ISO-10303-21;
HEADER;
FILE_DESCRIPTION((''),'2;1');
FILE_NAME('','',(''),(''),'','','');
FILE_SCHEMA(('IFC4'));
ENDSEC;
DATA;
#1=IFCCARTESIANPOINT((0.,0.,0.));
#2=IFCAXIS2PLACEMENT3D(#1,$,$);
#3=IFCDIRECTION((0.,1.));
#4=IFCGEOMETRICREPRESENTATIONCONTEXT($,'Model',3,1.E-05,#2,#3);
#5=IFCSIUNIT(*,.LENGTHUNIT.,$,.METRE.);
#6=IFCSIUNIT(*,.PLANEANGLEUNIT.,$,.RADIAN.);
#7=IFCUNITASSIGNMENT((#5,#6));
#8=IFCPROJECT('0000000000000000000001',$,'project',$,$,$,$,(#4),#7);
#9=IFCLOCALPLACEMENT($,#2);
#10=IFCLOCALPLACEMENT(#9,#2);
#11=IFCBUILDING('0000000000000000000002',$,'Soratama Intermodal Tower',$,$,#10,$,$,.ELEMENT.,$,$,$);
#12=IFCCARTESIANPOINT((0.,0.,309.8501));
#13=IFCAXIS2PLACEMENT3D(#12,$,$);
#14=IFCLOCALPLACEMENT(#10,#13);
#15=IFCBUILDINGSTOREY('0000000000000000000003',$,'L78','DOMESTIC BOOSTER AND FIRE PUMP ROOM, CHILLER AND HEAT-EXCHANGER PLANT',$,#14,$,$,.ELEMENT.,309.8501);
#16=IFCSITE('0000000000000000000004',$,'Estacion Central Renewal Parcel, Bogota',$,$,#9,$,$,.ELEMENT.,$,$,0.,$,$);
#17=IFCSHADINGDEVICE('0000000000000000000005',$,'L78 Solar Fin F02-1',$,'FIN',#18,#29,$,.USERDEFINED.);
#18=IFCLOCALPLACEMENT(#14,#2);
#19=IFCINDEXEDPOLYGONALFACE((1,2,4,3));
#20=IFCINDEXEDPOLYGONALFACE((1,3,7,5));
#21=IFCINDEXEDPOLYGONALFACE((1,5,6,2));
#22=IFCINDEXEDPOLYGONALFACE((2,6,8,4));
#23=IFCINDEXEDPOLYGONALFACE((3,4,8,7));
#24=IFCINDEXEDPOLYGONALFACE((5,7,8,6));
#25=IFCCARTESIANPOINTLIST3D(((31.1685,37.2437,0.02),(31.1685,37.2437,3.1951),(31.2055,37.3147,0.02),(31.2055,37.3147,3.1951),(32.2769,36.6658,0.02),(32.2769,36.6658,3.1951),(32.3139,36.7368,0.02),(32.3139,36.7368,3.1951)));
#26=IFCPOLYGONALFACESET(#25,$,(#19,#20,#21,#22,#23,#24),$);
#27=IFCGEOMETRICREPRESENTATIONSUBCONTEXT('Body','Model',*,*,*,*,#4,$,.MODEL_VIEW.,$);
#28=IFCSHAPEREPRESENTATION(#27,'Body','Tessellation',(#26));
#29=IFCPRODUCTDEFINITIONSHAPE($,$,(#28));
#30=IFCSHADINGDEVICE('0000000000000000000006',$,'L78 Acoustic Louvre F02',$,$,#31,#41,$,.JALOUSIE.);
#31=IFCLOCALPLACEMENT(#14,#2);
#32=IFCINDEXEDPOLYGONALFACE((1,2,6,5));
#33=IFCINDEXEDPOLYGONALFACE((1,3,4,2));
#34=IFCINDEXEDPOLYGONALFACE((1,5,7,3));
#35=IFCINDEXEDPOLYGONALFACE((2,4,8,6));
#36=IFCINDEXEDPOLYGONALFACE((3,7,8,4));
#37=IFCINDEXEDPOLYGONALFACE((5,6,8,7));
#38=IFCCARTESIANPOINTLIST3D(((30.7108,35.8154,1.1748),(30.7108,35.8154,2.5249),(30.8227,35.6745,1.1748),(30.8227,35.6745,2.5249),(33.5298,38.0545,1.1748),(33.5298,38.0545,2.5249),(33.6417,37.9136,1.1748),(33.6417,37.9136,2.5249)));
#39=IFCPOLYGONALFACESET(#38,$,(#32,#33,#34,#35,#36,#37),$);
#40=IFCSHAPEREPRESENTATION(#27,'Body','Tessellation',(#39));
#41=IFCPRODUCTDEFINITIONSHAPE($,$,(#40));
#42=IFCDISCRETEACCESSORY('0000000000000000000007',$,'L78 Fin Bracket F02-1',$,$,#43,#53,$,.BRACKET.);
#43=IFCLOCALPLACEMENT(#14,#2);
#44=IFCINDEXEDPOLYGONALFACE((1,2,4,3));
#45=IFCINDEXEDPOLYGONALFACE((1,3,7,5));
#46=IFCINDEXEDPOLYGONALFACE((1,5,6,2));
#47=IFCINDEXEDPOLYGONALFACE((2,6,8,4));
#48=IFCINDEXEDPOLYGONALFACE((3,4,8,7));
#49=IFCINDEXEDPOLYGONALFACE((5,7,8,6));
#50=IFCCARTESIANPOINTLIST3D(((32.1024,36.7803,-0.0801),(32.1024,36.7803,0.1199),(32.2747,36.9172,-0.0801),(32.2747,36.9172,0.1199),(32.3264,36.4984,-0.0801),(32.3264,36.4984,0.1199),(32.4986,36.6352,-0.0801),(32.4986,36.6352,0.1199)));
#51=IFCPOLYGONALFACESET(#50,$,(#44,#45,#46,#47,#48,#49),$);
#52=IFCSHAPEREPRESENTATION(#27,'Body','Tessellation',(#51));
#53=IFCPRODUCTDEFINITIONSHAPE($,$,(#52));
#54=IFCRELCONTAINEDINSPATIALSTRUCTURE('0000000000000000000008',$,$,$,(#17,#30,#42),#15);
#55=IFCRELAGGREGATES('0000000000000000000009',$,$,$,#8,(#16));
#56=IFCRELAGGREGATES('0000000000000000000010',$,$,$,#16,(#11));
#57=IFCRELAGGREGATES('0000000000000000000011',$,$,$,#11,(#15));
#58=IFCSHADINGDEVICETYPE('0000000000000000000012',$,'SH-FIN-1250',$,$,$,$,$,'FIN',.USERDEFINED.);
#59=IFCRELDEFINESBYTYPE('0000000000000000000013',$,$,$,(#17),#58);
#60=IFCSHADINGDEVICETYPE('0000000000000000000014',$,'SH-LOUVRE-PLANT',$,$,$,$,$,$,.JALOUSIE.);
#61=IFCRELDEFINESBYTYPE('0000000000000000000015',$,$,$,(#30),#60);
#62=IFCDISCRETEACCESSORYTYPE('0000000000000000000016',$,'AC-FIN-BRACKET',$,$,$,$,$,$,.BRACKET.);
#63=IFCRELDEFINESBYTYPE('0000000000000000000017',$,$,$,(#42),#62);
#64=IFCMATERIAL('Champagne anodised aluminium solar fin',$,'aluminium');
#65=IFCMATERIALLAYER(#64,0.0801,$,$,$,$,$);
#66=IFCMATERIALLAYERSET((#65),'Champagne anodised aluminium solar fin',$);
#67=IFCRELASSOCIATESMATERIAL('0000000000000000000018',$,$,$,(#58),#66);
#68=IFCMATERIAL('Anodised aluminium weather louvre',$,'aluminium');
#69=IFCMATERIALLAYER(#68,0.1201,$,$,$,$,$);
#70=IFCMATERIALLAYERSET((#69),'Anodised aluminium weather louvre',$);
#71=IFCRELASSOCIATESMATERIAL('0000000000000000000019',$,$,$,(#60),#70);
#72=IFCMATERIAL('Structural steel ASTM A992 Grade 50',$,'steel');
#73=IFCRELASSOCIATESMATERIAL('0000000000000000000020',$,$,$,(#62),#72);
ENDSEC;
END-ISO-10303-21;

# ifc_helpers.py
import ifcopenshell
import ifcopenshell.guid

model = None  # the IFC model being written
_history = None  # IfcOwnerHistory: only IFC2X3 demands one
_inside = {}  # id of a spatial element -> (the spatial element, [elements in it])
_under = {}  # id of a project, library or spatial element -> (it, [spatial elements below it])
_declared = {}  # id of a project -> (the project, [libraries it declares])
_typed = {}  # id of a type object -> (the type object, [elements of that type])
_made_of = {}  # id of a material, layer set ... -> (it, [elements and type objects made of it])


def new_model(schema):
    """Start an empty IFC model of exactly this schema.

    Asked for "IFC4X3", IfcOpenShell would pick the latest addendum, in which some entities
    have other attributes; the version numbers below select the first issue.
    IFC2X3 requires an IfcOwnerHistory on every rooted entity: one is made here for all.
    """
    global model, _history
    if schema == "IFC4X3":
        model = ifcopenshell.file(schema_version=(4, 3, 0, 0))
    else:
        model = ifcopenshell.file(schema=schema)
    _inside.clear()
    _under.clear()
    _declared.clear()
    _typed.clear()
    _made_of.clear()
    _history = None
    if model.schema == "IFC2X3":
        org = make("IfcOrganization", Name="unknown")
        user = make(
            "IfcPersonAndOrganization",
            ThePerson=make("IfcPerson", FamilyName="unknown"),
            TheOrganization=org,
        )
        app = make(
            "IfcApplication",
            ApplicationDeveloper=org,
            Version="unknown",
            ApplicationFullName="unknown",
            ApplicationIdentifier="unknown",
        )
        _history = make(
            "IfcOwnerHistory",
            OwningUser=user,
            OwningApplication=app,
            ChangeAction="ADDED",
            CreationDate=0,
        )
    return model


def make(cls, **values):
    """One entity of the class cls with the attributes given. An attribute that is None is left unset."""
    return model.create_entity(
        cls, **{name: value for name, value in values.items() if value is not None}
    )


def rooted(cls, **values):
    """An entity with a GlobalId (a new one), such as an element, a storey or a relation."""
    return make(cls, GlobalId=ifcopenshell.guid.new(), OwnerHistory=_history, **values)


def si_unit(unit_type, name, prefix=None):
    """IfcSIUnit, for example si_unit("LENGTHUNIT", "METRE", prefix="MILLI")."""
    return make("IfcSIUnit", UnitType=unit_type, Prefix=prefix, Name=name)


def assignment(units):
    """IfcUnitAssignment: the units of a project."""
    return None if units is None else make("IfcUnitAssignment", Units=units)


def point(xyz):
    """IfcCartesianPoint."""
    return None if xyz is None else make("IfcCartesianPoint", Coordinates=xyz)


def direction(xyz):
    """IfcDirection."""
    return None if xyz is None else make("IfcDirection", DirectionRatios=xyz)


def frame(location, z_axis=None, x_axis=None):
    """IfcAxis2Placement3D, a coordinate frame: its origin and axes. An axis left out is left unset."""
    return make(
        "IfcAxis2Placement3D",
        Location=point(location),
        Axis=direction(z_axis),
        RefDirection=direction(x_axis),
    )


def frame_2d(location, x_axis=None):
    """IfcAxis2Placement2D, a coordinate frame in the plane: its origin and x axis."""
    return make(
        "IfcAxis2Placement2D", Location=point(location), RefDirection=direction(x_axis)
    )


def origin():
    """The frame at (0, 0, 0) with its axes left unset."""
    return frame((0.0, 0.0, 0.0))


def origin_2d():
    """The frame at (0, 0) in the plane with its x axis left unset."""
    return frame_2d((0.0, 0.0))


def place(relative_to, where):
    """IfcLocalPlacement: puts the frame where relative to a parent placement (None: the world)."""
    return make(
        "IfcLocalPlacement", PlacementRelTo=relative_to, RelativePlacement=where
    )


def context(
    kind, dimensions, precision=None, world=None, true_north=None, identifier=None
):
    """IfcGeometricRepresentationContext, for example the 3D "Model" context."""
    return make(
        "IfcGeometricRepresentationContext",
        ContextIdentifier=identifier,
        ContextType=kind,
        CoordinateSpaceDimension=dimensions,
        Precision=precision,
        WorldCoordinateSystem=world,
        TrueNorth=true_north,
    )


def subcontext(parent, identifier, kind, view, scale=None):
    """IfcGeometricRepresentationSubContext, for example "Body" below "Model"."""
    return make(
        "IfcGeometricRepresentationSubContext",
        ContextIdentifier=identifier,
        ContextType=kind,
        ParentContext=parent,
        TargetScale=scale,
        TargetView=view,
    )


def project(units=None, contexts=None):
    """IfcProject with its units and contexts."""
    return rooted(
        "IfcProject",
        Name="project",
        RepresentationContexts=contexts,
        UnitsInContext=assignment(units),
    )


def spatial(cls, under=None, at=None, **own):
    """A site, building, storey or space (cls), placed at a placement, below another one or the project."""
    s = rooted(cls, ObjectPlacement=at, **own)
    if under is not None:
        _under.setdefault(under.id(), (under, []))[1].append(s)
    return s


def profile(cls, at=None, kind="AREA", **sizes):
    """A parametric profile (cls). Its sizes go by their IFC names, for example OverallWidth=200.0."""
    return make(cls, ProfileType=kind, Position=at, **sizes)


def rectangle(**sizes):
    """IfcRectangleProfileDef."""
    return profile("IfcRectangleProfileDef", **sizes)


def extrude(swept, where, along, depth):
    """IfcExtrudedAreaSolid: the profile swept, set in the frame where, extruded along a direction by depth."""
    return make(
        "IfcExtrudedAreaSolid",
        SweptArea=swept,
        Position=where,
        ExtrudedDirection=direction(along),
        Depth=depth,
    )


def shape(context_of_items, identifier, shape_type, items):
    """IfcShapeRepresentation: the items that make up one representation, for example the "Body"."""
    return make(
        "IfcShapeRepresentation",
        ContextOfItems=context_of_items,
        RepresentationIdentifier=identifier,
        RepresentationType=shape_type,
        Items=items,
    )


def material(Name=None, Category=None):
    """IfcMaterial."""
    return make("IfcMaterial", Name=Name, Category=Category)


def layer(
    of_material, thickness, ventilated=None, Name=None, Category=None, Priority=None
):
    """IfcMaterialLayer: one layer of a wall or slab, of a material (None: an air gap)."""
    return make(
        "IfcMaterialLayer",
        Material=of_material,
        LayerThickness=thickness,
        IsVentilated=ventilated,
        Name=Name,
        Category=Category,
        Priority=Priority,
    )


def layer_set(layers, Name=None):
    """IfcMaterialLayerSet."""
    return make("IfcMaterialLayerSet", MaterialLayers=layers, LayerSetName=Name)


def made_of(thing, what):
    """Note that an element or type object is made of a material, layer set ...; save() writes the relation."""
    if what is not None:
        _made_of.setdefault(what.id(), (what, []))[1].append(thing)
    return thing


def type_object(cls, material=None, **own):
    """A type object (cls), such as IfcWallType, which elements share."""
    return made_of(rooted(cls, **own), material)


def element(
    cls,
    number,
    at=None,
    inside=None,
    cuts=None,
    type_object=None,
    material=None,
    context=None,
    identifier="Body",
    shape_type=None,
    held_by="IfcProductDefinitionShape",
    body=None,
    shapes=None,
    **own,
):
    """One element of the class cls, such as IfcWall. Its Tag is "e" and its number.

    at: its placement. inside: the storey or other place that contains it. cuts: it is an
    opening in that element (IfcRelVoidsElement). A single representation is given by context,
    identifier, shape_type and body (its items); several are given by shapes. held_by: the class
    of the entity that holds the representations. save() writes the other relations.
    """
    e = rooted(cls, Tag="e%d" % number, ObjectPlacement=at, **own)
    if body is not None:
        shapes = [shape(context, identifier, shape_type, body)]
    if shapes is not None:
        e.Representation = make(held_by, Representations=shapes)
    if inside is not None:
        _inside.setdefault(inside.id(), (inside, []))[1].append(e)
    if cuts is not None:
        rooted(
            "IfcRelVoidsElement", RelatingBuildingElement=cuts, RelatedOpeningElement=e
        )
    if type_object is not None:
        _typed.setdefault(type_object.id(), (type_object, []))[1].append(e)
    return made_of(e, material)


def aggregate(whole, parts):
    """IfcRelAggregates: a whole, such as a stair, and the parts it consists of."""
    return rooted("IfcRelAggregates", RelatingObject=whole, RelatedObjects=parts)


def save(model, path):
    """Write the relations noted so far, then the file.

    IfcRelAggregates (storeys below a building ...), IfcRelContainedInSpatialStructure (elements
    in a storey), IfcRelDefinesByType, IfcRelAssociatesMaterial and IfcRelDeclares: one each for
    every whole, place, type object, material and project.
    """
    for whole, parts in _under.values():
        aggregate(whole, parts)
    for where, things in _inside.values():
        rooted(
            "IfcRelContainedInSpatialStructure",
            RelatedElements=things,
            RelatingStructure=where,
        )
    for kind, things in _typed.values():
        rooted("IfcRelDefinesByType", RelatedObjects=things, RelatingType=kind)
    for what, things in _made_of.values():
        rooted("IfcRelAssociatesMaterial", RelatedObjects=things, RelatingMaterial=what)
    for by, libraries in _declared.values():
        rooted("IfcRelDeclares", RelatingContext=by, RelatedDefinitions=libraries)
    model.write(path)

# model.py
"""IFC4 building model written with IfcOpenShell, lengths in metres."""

from ifc_helpers import new_model, si_unit, direction, frame, origin, origin_2d, place, context, subcontext, project, spatial, rectangle, extrude, material, layer, layer_set, type_object, element, save


model = new_model("IFC4")

# Units and contexts
model_context = context("Model", 3, precision=1e-05, world=origin(), true_north=direction((0.0, 1.0)))
body_context = subcontext(model_context, "Body", "Model", "MODEL_VIEW")
ifc_project = project(units=[si_unit("LENGTHUNIT", "METRE"), si_unit("PLANEANGLEUNIT", "RADIAN")], contexts=[model_context])

# Site, building, storey
site_placement = place(None, origin())
site = spatial("IfcSite", under=ifc_project, at=site_placement, Name="Estacion Central Renewal Parcel, Bogota", CompositionType="ELEMENT", RefElevation=0.0)
building_placement = place(site_placement, origin())
building = spatial("IfcBuilding", under=site, at=building_placement, Name="Soratama Intermodal Tower", CompositionType="ELEMENT")
storey_placement = place(building_placement, frame((0.0, 0.0, 309.8501)))
storey = spatial("IfcBuildingStorey", under=building, at=storey_placement, Name="L78", Description="DOMESTIC BOOSTER AND FIRE PUMP ROOM, CHILLER AND HEAT-EXCHANGER PLANT", CompositionType="ELEMENT", Elevation=309.8501)

# Shading devices
ifc_material_1 = material(Name="Champagne anodised aluminium solar fin", Category="aluminium")
ifc_layer_1 = layer(ifc_material_1, 0.0801)
ifc_layer_set_1 = layer_set([ifc_layer_1], Name="Champagne anodised aluminium solar fin")
shading_device_type_1 = type_object("IfcShadingDeviceType", Name="SH-FIN-1250", ElementType="FIN", PredefinedType="USERDEFINED", material=ifc_layer_set_1)
shading_device_1_placement = place(storey_placement, frame((31.7412, 36.9902, 0.02), z_axis=(0.0, 0.0, 1.0), x_axis=(-0.886688, 0.462368, 0.0)))
element("IfcShadingDevice", 1, at=shading_device_1_placement, inside=storey, type_object=shading_device_type_1, Name="L78 Solar Fin F02-1", ObjectType="FIN", PredefinedType="USERDEFINED", context=body_context, shape_type="SweptSolid", body=[
    extrude(rectangle(XDim=1.25, YDim=0.0801, at=origin_2d()), origin(), (0.0, 0.0, 1.0), 3.175),
])
ifc_material_2 = material(Name="Anodised aluminium weather louvre", Category="aluminium")
ifc_layer_2 = layer(ifc_material_2, 0.1201)
ifc_layer_set_2 = layer_set([ifc_layer_2], Name="Anodised aluminium weather louvre")
shading_device_type_2 = type_object("IfcShadingDeviceType", Name="SH-LOUVRE-PLANT", PredefinedType="JALOUSIE", material=ifc_layer_set_2)
shading_device_2_placement = place(storey_placement, frame((32.1763, 36.8645, 1.1748), z_axis=(0.0, 0.0, 1.0), x_axis=(-0.783043, -0.621968, 0.0)))
element("IfcShadingDevice", 2, at=shading_device_2_placement, inside=storey, type_object=shading_device_type_2, Name="L78 Acoustic Louvre F02", PredefinedType="JALOUSIE", context=body_context, shape_type="SweptSolid", body=[
    extrude(rectangle(XDim=3.6001, YDim=0.1799, at=origin_2d()), origin(), (0.0, 0.0, 1.0), 1.3501),
])

# Discrete accessory
ifc_material_3 = material(Name="Structural steel ASTM A992 Grade 50", Category="steel")
discrete_accessory_type = type_object("IfcDiscreteAccessoryType", Name="AC-FIN-BRACKET", PredefinedType="BRACKET", material=ifc_material_3)
discrete_accessory_placement = place(storey_placement, frame((32.3005, 36.7078, -0.0801), z_axis=(0.0, 0.0, 1.0), x_axis=(-0.621968, 0.783043, 0.0)))
element("IfcDiscreteAccessory", 3, at=discrete_accessory_placement, inside=storey, type_object=discrete_accessory_type, Name="L78 Fin Bracket F02-1", PredefinedType="BRACKET", context=body_context, shape_type="SweptSolid", body=[
    extrude(rectangle(XDim=0.3601, YDim=0.22, at=origin_2d()), origin(), (0.0, 0.0, 1.0), 0.2),
])

save(model, "model.ifc")
